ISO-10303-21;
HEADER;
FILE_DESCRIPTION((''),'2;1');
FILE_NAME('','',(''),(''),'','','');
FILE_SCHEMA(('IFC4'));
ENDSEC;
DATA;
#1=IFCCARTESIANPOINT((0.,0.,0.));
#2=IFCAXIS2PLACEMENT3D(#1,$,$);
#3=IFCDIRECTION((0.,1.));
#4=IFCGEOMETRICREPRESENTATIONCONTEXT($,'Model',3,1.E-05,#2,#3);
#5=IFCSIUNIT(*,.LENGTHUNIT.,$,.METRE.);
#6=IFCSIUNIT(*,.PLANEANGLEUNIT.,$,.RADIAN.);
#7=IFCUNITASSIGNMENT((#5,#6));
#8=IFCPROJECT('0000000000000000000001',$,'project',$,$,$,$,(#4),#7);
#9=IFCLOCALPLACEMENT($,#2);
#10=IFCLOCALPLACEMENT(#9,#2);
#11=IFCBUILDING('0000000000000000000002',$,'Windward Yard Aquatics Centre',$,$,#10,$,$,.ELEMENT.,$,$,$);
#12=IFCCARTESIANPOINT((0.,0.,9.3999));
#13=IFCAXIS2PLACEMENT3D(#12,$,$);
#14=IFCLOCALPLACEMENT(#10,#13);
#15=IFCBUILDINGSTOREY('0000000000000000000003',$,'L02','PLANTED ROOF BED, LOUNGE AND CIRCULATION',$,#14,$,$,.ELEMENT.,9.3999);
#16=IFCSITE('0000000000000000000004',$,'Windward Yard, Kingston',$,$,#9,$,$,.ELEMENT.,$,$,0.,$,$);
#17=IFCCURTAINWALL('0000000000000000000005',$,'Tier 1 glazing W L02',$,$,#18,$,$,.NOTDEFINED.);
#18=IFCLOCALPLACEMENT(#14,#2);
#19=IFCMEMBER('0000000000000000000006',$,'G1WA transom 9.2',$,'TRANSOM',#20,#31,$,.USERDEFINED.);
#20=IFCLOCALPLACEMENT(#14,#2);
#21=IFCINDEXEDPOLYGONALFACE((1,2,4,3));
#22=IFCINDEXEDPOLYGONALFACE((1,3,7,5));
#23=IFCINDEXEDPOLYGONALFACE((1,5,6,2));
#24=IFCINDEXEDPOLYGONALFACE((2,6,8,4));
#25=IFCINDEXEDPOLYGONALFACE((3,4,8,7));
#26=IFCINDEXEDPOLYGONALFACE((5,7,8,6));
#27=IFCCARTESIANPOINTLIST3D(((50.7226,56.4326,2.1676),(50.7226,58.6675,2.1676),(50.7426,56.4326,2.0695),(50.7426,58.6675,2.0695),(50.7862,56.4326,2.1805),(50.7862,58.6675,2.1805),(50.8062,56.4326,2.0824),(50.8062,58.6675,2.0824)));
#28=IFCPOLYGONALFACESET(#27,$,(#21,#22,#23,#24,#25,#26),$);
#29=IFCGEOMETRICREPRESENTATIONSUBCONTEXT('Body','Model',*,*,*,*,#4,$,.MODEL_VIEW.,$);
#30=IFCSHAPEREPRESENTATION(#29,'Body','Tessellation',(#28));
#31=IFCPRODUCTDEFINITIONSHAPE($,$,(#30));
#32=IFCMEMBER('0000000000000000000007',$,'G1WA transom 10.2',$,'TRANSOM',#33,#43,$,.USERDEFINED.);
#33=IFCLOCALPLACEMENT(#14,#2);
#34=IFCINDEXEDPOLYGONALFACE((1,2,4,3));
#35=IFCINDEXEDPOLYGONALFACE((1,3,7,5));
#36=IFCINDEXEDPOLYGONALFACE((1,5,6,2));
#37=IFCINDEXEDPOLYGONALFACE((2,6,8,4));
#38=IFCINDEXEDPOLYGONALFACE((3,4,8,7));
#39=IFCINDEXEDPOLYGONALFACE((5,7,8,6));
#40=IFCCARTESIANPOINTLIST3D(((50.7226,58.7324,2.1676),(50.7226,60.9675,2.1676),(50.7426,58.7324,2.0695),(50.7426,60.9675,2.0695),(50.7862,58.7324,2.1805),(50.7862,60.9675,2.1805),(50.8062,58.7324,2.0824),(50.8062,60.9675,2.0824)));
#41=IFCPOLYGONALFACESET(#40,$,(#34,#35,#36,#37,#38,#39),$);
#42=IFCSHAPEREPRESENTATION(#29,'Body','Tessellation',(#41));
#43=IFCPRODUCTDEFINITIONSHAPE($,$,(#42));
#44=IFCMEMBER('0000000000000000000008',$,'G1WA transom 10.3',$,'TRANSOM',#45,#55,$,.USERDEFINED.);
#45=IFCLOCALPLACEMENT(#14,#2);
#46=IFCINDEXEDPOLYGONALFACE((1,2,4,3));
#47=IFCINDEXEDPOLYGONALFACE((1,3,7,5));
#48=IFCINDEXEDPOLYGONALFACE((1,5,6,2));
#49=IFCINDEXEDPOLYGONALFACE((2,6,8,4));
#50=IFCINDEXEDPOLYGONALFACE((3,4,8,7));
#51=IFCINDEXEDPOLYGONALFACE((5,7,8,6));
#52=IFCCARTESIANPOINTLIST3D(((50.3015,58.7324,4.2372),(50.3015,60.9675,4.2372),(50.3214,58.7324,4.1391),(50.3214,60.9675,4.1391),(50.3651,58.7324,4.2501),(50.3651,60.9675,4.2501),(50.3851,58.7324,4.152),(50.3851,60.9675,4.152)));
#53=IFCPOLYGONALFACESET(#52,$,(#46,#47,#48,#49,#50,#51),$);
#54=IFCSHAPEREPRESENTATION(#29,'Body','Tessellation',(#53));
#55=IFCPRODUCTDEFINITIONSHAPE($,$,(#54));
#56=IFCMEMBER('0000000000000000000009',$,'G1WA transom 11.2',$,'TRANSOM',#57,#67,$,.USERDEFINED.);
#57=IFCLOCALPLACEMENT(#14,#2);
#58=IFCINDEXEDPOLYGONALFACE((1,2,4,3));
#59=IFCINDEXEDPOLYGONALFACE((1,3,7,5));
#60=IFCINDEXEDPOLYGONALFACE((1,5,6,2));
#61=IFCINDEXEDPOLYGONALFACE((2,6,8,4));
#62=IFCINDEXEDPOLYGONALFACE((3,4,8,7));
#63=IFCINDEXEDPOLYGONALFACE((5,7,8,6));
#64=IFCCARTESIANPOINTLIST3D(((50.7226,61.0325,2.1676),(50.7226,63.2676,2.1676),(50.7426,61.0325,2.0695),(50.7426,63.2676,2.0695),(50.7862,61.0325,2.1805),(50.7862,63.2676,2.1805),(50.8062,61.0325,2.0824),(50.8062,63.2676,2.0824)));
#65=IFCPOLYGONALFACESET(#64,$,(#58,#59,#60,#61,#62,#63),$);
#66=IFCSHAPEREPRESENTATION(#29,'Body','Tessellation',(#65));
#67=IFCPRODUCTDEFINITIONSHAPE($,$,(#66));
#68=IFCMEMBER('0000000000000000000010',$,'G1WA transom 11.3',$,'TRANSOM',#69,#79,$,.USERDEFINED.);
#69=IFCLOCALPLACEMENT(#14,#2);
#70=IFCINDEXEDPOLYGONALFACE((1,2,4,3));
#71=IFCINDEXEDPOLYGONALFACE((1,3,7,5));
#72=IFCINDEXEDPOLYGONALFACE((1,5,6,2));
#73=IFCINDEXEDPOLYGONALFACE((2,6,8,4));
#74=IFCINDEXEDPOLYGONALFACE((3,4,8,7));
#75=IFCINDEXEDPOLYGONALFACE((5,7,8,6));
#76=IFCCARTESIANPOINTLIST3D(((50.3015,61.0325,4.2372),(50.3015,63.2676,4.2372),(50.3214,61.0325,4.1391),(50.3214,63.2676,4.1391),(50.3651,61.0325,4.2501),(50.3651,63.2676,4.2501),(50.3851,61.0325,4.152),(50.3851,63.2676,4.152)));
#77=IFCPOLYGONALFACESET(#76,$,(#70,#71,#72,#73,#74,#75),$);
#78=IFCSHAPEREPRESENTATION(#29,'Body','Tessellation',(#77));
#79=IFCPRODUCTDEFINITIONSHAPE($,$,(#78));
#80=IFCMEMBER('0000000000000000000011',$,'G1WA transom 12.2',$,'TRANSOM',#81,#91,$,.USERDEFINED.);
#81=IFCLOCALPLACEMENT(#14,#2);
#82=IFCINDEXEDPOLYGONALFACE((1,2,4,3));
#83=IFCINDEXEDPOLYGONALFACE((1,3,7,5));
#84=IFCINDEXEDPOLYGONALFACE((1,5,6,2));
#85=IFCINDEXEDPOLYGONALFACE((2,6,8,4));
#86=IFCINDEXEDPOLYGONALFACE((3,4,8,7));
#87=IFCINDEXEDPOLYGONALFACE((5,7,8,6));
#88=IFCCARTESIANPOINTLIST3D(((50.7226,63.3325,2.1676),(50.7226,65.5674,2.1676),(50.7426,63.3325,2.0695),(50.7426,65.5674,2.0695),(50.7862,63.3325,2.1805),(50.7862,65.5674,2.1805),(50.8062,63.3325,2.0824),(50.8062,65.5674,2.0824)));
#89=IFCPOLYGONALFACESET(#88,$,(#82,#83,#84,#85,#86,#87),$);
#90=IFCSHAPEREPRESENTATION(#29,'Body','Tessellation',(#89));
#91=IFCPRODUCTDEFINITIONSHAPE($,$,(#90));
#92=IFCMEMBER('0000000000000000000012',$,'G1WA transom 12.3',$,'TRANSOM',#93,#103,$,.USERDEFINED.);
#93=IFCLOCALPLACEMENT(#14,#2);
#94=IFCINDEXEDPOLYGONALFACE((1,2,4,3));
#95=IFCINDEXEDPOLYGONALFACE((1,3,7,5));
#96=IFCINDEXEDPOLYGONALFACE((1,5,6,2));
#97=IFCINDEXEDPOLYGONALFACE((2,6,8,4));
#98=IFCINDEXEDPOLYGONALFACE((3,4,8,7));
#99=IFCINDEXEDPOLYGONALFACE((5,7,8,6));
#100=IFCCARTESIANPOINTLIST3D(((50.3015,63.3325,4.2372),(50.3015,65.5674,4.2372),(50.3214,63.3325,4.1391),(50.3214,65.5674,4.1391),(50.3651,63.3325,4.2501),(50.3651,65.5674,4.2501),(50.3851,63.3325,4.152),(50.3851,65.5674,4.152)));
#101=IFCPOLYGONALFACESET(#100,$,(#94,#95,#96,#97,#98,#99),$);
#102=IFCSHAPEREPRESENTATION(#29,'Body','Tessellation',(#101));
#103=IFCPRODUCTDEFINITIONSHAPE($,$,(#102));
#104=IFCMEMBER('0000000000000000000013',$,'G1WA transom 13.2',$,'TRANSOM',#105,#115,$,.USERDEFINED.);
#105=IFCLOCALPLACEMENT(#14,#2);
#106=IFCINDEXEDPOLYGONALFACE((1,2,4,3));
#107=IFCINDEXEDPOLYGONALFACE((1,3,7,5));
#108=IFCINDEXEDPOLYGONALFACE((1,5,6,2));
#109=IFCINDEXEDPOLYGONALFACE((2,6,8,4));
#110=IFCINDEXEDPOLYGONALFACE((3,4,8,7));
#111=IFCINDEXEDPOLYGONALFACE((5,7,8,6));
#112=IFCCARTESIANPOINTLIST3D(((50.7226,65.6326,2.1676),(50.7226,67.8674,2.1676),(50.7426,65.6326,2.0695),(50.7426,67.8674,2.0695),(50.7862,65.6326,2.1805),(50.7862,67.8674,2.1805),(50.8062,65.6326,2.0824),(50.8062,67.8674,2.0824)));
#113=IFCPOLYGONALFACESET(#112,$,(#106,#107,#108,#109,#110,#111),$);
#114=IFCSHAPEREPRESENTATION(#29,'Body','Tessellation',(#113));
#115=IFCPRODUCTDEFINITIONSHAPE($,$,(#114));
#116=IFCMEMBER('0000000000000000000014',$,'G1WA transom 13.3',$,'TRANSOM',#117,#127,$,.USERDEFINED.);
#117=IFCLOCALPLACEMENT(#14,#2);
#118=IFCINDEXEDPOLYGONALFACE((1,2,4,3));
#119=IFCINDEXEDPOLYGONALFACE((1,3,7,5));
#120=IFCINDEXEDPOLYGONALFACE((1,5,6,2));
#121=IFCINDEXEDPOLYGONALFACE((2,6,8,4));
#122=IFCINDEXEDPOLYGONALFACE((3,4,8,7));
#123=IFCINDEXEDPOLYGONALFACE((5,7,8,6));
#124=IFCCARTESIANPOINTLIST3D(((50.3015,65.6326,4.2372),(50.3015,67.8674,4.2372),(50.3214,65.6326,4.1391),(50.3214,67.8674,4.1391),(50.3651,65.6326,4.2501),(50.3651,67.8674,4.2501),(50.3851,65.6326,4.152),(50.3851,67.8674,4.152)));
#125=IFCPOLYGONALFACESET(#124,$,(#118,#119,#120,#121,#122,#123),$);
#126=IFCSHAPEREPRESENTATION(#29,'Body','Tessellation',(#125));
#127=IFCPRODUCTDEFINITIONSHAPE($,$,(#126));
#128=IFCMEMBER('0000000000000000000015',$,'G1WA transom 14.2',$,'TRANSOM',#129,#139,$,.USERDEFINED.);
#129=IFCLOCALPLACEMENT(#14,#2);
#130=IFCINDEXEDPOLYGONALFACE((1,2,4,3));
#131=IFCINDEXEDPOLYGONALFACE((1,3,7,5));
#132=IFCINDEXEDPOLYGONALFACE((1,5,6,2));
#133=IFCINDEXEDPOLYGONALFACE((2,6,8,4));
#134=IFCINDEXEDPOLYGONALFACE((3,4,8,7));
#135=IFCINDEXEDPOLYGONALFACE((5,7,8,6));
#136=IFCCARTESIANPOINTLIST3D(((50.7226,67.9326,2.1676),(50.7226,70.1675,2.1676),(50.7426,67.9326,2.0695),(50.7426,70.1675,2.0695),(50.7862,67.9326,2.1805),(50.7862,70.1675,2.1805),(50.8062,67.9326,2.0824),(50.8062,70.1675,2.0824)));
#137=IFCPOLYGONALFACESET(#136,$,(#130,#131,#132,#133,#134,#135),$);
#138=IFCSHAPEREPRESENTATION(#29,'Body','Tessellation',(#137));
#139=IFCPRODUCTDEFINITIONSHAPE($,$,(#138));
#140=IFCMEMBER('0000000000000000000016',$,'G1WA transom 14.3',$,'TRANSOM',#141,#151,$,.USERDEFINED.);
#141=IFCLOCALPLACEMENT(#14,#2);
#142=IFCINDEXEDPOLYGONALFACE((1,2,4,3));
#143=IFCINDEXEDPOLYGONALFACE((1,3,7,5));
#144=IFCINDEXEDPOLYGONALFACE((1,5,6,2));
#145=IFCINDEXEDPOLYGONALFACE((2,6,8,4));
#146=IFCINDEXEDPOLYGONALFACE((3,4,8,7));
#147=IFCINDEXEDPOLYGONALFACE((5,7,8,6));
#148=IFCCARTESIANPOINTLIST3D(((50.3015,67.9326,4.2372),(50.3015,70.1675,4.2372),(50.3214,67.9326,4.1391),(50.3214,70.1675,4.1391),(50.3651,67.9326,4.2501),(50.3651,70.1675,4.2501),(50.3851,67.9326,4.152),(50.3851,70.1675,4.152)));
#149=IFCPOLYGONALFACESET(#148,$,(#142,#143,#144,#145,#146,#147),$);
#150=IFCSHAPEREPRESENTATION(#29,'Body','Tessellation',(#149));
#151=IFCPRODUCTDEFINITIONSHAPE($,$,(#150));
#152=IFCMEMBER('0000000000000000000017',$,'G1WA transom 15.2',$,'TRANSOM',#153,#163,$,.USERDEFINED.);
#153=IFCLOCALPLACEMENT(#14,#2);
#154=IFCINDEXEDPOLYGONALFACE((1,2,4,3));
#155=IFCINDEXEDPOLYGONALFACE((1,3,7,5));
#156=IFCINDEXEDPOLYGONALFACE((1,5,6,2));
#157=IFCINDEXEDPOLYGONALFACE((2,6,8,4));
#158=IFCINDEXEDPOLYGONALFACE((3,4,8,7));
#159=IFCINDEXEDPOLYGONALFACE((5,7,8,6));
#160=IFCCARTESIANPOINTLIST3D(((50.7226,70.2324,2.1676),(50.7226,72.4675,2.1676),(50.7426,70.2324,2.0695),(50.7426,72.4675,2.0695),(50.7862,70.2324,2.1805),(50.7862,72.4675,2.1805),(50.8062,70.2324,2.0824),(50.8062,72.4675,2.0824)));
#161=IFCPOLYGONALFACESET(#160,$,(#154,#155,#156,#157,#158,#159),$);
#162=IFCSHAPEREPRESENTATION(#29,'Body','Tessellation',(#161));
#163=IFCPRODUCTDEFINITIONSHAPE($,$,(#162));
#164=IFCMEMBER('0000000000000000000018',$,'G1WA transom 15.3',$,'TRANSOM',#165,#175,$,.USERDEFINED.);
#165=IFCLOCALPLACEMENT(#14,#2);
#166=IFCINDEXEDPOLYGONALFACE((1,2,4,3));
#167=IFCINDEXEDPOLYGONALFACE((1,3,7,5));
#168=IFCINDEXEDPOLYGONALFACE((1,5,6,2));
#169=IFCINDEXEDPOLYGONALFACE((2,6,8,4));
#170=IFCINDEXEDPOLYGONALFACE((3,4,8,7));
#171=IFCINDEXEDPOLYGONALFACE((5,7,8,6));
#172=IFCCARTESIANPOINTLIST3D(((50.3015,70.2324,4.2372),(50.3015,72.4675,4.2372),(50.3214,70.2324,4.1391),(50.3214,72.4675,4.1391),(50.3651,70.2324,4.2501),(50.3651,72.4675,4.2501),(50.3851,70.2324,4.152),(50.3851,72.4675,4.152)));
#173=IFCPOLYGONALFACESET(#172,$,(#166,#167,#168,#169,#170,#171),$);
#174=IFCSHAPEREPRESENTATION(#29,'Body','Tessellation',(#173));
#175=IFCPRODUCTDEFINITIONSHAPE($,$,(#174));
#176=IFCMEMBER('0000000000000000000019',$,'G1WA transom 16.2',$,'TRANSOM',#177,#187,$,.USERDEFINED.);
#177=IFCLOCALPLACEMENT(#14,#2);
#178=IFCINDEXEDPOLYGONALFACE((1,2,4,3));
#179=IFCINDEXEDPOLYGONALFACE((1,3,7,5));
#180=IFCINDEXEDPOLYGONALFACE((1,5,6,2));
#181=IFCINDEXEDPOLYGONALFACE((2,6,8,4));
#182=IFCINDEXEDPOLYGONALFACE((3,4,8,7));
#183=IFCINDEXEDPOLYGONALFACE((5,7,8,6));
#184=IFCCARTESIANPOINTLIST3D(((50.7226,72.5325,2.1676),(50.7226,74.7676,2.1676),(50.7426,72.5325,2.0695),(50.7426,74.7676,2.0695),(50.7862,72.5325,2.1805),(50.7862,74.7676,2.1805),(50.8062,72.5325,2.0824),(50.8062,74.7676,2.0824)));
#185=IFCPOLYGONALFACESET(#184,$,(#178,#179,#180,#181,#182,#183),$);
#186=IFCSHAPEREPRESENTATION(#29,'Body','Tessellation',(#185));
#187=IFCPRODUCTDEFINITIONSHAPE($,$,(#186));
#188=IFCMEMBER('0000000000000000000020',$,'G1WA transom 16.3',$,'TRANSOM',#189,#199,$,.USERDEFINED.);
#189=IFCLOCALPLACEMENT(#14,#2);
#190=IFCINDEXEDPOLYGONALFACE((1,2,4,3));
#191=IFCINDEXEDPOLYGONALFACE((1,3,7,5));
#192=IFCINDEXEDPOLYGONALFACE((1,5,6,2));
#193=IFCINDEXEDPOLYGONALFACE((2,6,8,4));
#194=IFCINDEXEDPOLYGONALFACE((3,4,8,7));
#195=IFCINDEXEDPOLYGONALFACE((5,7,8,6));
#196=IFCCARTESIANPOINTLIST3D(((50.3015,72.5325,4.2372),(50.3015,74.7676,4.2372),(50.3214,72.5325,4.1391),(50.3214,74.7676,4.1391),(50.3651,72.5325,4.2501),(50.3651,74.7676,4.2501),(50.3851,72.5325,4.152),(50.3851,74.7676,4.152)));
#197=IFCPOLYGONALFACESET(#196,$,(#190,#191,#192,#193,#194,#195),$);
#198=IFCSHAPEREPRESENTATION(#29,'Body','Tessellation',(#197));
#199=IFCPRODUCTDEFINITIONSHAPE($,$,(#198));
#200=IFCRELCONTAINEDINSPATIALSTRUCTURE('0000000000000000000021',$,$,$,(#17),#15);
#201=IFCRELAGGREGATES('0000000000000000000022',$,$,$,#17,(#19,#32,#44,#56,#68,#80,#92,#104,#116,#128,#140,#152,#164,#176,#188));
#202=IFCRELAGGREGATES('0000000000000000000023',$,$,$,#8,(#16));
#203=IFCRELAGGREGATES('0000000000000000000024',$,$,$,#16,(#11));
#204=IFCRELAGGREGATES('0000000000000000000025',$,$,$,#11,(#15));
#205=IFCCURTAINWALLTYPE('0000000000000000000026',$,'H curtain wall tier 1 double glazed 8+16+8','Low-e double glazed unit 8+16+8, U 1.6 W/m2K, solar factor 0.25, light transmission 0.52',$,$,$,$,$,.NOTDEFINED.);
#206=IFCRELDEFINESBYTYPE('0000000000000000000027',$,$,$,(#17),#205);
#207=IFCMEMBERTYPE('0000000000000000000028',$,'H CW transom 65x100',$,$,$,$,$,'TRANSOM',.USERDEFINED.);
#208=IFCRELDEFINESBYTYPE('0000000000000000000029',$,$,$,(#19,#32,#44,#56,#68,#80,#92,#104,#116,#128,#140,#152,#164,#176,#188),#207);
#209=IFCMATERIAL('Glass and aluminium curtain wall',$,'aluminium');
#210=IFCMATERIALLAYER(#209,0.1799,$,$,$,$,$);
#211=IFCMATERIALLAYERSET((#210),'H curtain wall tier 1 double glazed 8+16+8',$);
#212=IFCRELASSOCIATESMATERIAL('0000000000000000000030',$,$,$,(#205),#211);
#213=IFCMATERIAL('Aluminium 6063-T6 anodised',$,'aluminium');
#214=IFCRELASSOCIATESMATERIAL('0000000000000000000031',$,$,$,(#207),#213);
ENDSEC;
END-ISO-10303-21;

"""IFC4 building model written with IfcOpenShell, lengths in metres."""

from ifc_helpers import new_model, si_unit, direction, frame, origin, origin_2d, place, context, subcontext, project, spatial, rectangle, extrude, material, layer, layer_set, material_profile, profile_set, type_object, element, aggregate, save


model = new_model("IFC4")

# Units and contexts
model_context = context("Model", 3, precision=1e-05, world=origin(), true_north=direction((0.0, 1.0)))
body_context = subcontext(model_context, "Body", "Model", "MODEL_VIEW")
ifc_project = project(units=[si_unit("LENGTHUNIT", "METRE"), si_unit("PLANEANGLEUNIT", "RADIAN")], contexts=[model_context])

# Site, building, storey
site_placement = place(None, origin())
site = spatial("IfcSite", under=ifc_project, at=site_placement, Name="Windward Yard, Kingston", CompositionType="ELEMENT", RefElevation=0.0)
building_placement = place(site_placement, origin())
building = spatial("IfcBuilding", under=site, at=building_placement, Name="Windward Yard Aquatics Centre", CompositionType="ELEMENT")
storey_placement = place(building_placement, frame((0.0, 0.0, 9.3999)))
storey = spatial("IfcBuildingStorey", under=building, at=storey_placement, Name="L02", Description="PLANTED ROOF BED, LOUNGE AND CIRCULATION", CompositionType="ELEMENT", Elevation=9.3999)

# Curtain wall, members
ifc_material_1 = material(Name="Glass and aluminium curtain wall", Category="aluminium")
ifc_layer_1 = layer(ifc_material_1, 0.1799)
ifc_layer_set_1 = layer_set([ifc_layer_1], Name="H curtain wall tier 1 double glazed 8+16+8")
curtain_wall_type = type_object("IfcCurtainWallType", Name="H curtain wall tier 1 double glazed 8+16+8", Description="Low-e double glazed unit 8+16+8, U 1.6 W/m2K, solar factor 0.25, light transmission 0.52", PredefinedType="NOTDEFINED", material=ifc_layer_set_1)
curtain_wall_placement = place(storey_placement, origin())
curtain_wall = element("IfcCurtainWall", 1, at=curtain_wall_placement, inside=storey, type_object=curtain_wall_type, Name="Tier 1 glazing W L02", PredefinedType="NOTDEFINED")
ifc_material_2 = material(Name="Aluminium 6063-T6 anodised", Category="aluminium")
ifc_material_profile = material_profile(ifc_material_2, rectangle(XDim=0.0649, YDim=0.1001, at=origin_2d()), Name="H CW transom 65x100")
ifc_profile_set = profile_set([ifc_material_profile], Name="Aluminium 6063-T6 anodised")
member_type = type_object("IfcMemberType", Name="H CW transom 65x100", ElementType="TRANSOM", PredefinedType="USERDEFINED", material=ifc_profile_set)
member_1_placement = place(storey_placement, frame((50.7644, 56.4326, 2.125), z_axis=(0.0, 1.0, 0.0), x_axis=(0.979925, 0.0, 0.199368)))
member_1 = element("IfcMember", 2, at=member_1_placement, type_object=member_type, Name="G1WA transom 9.2", ObjectType="TRANSOM", PredefinedType="USERDEFINED", context=body_context, shape_type="SweptSolid", body=[
    extrude(rectangle(XDim=0.0649, YDim=0.1001, at=origin_2d()), origin(), (0.0, 0.0, 1.0), 2.2349),
])
member_2_placement = place(storey_placement, frame((50.7644, 58.7324, 2.125), z_axis=(0.0, 1.0, 0.0), x_axis=(0.979925, 0.0, 0.199368)))
member_2 = element("IfcMember", 3, at=member_2_placement, type_object=member_type, Name="G1WA transom 10.2", ObjectType="TRANSOM", PredefinedType="USERDEFINED", context=body_context, shape_type="SweptSolid", body=[
    extrude(rectangle(XDim=0.0649, YDim=0.1001, at=origin_2d()), origin(), (0.0, 0.0, 1.0), 2.2351),
])
member_3_placement = place(storey_placement, frame((50.3433, 58.7324, 4.1946), z_axis=(0.0, 1.0, 0.0), x_axis=(0.979925, 0.0, 0.199368)))
member_3 = element("IfcMember", 4, at=member_3_placement, type_object=member_type, Name="G1WA transom 10.3", ObjectType="TRANSOM", PredefinedType="USERDEFINED", context=body_context, shape_type="SweptSolid", body=[
    extrude(rectangle(XDim=0.0649, YDim=0.1001, at=origin_2d()), origin(), (0.0, 0.0, 1.0), 2.2351),
])
member_4_placement = place(storey_placement, frame((50.7644, 61.0325, 2.125), z_axis=(0.0, 1.0, 0.0), x_axis=(0.979925, 0.0, 0.199368)))
member_4 = element("IfcMember", 5, at=member_4_placement, type_object=member_type, Name="G1WA transom 11.2", ObjectType="TRANSOM", PredefinedType="USERDEFINED", context=body_context, shape_type="SweptSolid", body=[
    extrude(rectangle(XDim=0.0649, YDim=0.1001, at=origin_2d()), origin(), (0.0, 0.0, 1.0), 2.2351),
])
member_5_placement = place(storey_placement, frame((50.3433, 61.0325, 4.1946), z_axis=(0.0, 1.0, 0.0), x_axis=(0.979925, 0.0, 0.199368)))
member_5 = element("IfcMember", 6, at=member_5_placement, type_object=member_type, Name="G1WA transom 11.3", ObjectType="TRANSOM", PredefinedType="USERDEFINED", context=body_context, shape_type="SweptSolid", body=[
    extrude(rectangle(XDim=0.0649, YDim=0.1001, at=origin_2d()), origin(), (0.0, 0.0, 1.0), 2.2351),
])
member_6_placement = place(storey_placement, frame((50.7644, 63.3325, 2.125), z_axis=(0.0, 1.0, 0.0), x_axis=(0.979925, 0.0, 0.199368)))
member_6 = element("IfcMember", 7, at=member_6_placement, type_object=member_type, Name="G1WA transom 12.2", ObjectType="TRANSOM", PredefinedType="USERDEFINED", context=body_context, shape_type="SweptSolid", body=[
    extrude(rectangle(XDim=0.0649, YDim=0.1001, at=origin_2d()), origin(), (0.0, 0.0, 1.0), 2.2349),
])
member_7_placement = place(storey_placement, frame((50.3433, 63.3325, 4.1946), z_axis=(0.0, 1.0, 0.0), x_axis=(0.979925, 0.0, 0.199368)))
member_7 = element("IfcMember", 8, at=member_7_placement, type_object=member_type, Name="G1WA transom 12.3", ObjectType="TRANSOM", PredefinedType="USERDEFINED", context=body_context, shape_type="SweptSolid", body=[
    extrude(rectangle(XDim=0.0649, YDim=0.1001, at=origin_2d()), origin(), (0.0, 0.0, 1.0), 2.2349),
])
member_8_placement = place(storey_placement, frame((50.7644, 65.6326, 2.125), z_axis=(0.0, 1.0, 0.0), x_axis=(0.979925, 0.0, 0.199368)))
member_8 = element("IfcMember", 9, at=member_8_placement, type_object=member_type, Name="G1WA transom 13.2", ObjectType="TRANSOM", PredefinedType="USERDEFINED", context=body_context, shape_type="SweptSolid", body=[
    extrude(rectangle(XDim=0.0649, YDim=0.1001, at=origin_2d()), origin(), (0.0, 0.0, 1.0), 2.2349),
])
member_9_placement = place(storey_placement, frame((50.3433, 65.6326, 4.1946), z_axis=(0.0, 1.0, 0.0), x_axis=(0.979925, 0.0, 0.199368)))
member_9 = element("IfcMember", 10, at=member_9_placement, type_object=member_type, Name="G1WA transom 13.3", ObjectType="TRANSOM", PredefinedType="USERDEFINED", context=body_context, shape_type="SweptSolid", body=[
    extrude(rectangle(XDim=0.0649, YDim=0.1001, at=origin_2d()), origin(), (0.0, 0.0, 1.0), 2.2349),
])
member_10_placement = place(storey_placement, frame((50.7644, 67.9326, 2.125), z_axis=(0.0, 1.0, 0.0), x_axis=(0.979925, 0.0, 0.199368)))
member_10 = element("IfcMember", 11, at=member_10_placement, type_object=member_type, Name="G1WA transom 14.2", ObjectType="TRANSOM", PredefinedType="USERDEFINED", context=body_context, shape_type="SweptSolid", body=[
    extrude(rectangle(XDim=0.0649, YDim=0.1001, at=origin_2d()), origin(), (0.0, 0.0, 1.0), 2.2349),
])
member_11_placement = place(storey_placement, frame((50.3433, 67.9326, 4.1946), z_axis=(0.0, 1.0, 0.0), x_axis=(0.979925, 0.0, 0.199368)))
member_11 = element("IfcMember", 12, at=member_11_placement, type_object=member_type, Name="G1WA transom 14.3", ObjectType="TRANSOM", PredefinedType="USERDEFINED", context=body_context, shape_type="SweptSolid", body=[
    extrude(rectangle(XDim=0.0649, YDim=0.1001, at=origin_2d()), origin(), (0.0, 0.0, 1.0), 2.2349),
])
member_12_placement = place(storey_placement, frame((50.7644, 70.2324, 2.125), z_axis=(0.0, 1.0, 0.0), x_axis=(0.979925, 0.0, 0.199368)))
member_12 = element("IfcMember", 13, at=member_12_placement, type_object=member_type, Name="G1WA transom 15.2", ObjectType="TRANSOM", PredefinedType="USERDEFINED", context=body_context, shape_type="SweptSolid", body=[
    extrude(rectangle(XDim=0.0649, YDim=0.1001, at=origin_2d()), origin(), (0.0, 0.0, 1.0), 2.2351),
])
member_13_placement = place(storey_placement, frame((50.3433, 70.2324, 4.1946), z_axis=(0.0, 1.0, 0.0), x_axis=(0.979925, 0.0, 0.199368)))
member_13 = element("IfcMember", 14, at=member_13_placement, type_object=member_type, Name="G1WA transom 15.3", ObjectType="TRANSOM", PredefinedType="USERDEFINED", context=body_context, shape_type="SweptSolid", body=[
    extrude(rectangle(XDim=0.0649, YDim=0.1001, at=origin_2d()), origin(), (0.0, 0.0, 1.0), 2.2351),
])
member_14_placement = place(storey_placement, frame((50.7644, 72.5325, 2.125), z_axis=(0.0, 1.0, 0.0), x_axis=(0.979925, 0.0, 0.199368)))
member_14 = element("IfcMember", 15, at=member_14_placement, type_object=member_type, Name="G1WA transom 16.2", ObjectType="TRANSOM", PredefinedType="USERDEFINED", context=body_context, shape_type="SweptSolid", body=[
    extrude(rectangle(XDim=0.0649, YDim=0.1001, at=origin_2d()), origin(), (0.0, 0.0, 1.0), 2.2351),
])
member_15_placement = place(storey_placement, frame((50.3433, 72.5325, 4.1946), z_axis=(0.0, 1.0, 0.0), x_axis=(0.979925, 0.0, 0.199368)))
member_15 = element("IfcMember", 16, at=member_15_placement, type_object=member_type, Name="G1WA transom 16.3", ObjectType="TRANSOM", PredefinedType="USERDEFINED", context=body_context, shape_type="SweptSolid", body=[
    extrude(rectangle(XDim=0.0649, YDim=0.1001, at=origin_2d()), origin(), (0.0, 0.0, 1.0), 2.2351),
])
aggregate(curtain_wall, [member_1, member_2, member_3, member_4, member_5, member_6, member_7, member_8, member_9, member_10, member_11, member_12, member_13, member_14, member_15])

save(model, "model.ifc")
